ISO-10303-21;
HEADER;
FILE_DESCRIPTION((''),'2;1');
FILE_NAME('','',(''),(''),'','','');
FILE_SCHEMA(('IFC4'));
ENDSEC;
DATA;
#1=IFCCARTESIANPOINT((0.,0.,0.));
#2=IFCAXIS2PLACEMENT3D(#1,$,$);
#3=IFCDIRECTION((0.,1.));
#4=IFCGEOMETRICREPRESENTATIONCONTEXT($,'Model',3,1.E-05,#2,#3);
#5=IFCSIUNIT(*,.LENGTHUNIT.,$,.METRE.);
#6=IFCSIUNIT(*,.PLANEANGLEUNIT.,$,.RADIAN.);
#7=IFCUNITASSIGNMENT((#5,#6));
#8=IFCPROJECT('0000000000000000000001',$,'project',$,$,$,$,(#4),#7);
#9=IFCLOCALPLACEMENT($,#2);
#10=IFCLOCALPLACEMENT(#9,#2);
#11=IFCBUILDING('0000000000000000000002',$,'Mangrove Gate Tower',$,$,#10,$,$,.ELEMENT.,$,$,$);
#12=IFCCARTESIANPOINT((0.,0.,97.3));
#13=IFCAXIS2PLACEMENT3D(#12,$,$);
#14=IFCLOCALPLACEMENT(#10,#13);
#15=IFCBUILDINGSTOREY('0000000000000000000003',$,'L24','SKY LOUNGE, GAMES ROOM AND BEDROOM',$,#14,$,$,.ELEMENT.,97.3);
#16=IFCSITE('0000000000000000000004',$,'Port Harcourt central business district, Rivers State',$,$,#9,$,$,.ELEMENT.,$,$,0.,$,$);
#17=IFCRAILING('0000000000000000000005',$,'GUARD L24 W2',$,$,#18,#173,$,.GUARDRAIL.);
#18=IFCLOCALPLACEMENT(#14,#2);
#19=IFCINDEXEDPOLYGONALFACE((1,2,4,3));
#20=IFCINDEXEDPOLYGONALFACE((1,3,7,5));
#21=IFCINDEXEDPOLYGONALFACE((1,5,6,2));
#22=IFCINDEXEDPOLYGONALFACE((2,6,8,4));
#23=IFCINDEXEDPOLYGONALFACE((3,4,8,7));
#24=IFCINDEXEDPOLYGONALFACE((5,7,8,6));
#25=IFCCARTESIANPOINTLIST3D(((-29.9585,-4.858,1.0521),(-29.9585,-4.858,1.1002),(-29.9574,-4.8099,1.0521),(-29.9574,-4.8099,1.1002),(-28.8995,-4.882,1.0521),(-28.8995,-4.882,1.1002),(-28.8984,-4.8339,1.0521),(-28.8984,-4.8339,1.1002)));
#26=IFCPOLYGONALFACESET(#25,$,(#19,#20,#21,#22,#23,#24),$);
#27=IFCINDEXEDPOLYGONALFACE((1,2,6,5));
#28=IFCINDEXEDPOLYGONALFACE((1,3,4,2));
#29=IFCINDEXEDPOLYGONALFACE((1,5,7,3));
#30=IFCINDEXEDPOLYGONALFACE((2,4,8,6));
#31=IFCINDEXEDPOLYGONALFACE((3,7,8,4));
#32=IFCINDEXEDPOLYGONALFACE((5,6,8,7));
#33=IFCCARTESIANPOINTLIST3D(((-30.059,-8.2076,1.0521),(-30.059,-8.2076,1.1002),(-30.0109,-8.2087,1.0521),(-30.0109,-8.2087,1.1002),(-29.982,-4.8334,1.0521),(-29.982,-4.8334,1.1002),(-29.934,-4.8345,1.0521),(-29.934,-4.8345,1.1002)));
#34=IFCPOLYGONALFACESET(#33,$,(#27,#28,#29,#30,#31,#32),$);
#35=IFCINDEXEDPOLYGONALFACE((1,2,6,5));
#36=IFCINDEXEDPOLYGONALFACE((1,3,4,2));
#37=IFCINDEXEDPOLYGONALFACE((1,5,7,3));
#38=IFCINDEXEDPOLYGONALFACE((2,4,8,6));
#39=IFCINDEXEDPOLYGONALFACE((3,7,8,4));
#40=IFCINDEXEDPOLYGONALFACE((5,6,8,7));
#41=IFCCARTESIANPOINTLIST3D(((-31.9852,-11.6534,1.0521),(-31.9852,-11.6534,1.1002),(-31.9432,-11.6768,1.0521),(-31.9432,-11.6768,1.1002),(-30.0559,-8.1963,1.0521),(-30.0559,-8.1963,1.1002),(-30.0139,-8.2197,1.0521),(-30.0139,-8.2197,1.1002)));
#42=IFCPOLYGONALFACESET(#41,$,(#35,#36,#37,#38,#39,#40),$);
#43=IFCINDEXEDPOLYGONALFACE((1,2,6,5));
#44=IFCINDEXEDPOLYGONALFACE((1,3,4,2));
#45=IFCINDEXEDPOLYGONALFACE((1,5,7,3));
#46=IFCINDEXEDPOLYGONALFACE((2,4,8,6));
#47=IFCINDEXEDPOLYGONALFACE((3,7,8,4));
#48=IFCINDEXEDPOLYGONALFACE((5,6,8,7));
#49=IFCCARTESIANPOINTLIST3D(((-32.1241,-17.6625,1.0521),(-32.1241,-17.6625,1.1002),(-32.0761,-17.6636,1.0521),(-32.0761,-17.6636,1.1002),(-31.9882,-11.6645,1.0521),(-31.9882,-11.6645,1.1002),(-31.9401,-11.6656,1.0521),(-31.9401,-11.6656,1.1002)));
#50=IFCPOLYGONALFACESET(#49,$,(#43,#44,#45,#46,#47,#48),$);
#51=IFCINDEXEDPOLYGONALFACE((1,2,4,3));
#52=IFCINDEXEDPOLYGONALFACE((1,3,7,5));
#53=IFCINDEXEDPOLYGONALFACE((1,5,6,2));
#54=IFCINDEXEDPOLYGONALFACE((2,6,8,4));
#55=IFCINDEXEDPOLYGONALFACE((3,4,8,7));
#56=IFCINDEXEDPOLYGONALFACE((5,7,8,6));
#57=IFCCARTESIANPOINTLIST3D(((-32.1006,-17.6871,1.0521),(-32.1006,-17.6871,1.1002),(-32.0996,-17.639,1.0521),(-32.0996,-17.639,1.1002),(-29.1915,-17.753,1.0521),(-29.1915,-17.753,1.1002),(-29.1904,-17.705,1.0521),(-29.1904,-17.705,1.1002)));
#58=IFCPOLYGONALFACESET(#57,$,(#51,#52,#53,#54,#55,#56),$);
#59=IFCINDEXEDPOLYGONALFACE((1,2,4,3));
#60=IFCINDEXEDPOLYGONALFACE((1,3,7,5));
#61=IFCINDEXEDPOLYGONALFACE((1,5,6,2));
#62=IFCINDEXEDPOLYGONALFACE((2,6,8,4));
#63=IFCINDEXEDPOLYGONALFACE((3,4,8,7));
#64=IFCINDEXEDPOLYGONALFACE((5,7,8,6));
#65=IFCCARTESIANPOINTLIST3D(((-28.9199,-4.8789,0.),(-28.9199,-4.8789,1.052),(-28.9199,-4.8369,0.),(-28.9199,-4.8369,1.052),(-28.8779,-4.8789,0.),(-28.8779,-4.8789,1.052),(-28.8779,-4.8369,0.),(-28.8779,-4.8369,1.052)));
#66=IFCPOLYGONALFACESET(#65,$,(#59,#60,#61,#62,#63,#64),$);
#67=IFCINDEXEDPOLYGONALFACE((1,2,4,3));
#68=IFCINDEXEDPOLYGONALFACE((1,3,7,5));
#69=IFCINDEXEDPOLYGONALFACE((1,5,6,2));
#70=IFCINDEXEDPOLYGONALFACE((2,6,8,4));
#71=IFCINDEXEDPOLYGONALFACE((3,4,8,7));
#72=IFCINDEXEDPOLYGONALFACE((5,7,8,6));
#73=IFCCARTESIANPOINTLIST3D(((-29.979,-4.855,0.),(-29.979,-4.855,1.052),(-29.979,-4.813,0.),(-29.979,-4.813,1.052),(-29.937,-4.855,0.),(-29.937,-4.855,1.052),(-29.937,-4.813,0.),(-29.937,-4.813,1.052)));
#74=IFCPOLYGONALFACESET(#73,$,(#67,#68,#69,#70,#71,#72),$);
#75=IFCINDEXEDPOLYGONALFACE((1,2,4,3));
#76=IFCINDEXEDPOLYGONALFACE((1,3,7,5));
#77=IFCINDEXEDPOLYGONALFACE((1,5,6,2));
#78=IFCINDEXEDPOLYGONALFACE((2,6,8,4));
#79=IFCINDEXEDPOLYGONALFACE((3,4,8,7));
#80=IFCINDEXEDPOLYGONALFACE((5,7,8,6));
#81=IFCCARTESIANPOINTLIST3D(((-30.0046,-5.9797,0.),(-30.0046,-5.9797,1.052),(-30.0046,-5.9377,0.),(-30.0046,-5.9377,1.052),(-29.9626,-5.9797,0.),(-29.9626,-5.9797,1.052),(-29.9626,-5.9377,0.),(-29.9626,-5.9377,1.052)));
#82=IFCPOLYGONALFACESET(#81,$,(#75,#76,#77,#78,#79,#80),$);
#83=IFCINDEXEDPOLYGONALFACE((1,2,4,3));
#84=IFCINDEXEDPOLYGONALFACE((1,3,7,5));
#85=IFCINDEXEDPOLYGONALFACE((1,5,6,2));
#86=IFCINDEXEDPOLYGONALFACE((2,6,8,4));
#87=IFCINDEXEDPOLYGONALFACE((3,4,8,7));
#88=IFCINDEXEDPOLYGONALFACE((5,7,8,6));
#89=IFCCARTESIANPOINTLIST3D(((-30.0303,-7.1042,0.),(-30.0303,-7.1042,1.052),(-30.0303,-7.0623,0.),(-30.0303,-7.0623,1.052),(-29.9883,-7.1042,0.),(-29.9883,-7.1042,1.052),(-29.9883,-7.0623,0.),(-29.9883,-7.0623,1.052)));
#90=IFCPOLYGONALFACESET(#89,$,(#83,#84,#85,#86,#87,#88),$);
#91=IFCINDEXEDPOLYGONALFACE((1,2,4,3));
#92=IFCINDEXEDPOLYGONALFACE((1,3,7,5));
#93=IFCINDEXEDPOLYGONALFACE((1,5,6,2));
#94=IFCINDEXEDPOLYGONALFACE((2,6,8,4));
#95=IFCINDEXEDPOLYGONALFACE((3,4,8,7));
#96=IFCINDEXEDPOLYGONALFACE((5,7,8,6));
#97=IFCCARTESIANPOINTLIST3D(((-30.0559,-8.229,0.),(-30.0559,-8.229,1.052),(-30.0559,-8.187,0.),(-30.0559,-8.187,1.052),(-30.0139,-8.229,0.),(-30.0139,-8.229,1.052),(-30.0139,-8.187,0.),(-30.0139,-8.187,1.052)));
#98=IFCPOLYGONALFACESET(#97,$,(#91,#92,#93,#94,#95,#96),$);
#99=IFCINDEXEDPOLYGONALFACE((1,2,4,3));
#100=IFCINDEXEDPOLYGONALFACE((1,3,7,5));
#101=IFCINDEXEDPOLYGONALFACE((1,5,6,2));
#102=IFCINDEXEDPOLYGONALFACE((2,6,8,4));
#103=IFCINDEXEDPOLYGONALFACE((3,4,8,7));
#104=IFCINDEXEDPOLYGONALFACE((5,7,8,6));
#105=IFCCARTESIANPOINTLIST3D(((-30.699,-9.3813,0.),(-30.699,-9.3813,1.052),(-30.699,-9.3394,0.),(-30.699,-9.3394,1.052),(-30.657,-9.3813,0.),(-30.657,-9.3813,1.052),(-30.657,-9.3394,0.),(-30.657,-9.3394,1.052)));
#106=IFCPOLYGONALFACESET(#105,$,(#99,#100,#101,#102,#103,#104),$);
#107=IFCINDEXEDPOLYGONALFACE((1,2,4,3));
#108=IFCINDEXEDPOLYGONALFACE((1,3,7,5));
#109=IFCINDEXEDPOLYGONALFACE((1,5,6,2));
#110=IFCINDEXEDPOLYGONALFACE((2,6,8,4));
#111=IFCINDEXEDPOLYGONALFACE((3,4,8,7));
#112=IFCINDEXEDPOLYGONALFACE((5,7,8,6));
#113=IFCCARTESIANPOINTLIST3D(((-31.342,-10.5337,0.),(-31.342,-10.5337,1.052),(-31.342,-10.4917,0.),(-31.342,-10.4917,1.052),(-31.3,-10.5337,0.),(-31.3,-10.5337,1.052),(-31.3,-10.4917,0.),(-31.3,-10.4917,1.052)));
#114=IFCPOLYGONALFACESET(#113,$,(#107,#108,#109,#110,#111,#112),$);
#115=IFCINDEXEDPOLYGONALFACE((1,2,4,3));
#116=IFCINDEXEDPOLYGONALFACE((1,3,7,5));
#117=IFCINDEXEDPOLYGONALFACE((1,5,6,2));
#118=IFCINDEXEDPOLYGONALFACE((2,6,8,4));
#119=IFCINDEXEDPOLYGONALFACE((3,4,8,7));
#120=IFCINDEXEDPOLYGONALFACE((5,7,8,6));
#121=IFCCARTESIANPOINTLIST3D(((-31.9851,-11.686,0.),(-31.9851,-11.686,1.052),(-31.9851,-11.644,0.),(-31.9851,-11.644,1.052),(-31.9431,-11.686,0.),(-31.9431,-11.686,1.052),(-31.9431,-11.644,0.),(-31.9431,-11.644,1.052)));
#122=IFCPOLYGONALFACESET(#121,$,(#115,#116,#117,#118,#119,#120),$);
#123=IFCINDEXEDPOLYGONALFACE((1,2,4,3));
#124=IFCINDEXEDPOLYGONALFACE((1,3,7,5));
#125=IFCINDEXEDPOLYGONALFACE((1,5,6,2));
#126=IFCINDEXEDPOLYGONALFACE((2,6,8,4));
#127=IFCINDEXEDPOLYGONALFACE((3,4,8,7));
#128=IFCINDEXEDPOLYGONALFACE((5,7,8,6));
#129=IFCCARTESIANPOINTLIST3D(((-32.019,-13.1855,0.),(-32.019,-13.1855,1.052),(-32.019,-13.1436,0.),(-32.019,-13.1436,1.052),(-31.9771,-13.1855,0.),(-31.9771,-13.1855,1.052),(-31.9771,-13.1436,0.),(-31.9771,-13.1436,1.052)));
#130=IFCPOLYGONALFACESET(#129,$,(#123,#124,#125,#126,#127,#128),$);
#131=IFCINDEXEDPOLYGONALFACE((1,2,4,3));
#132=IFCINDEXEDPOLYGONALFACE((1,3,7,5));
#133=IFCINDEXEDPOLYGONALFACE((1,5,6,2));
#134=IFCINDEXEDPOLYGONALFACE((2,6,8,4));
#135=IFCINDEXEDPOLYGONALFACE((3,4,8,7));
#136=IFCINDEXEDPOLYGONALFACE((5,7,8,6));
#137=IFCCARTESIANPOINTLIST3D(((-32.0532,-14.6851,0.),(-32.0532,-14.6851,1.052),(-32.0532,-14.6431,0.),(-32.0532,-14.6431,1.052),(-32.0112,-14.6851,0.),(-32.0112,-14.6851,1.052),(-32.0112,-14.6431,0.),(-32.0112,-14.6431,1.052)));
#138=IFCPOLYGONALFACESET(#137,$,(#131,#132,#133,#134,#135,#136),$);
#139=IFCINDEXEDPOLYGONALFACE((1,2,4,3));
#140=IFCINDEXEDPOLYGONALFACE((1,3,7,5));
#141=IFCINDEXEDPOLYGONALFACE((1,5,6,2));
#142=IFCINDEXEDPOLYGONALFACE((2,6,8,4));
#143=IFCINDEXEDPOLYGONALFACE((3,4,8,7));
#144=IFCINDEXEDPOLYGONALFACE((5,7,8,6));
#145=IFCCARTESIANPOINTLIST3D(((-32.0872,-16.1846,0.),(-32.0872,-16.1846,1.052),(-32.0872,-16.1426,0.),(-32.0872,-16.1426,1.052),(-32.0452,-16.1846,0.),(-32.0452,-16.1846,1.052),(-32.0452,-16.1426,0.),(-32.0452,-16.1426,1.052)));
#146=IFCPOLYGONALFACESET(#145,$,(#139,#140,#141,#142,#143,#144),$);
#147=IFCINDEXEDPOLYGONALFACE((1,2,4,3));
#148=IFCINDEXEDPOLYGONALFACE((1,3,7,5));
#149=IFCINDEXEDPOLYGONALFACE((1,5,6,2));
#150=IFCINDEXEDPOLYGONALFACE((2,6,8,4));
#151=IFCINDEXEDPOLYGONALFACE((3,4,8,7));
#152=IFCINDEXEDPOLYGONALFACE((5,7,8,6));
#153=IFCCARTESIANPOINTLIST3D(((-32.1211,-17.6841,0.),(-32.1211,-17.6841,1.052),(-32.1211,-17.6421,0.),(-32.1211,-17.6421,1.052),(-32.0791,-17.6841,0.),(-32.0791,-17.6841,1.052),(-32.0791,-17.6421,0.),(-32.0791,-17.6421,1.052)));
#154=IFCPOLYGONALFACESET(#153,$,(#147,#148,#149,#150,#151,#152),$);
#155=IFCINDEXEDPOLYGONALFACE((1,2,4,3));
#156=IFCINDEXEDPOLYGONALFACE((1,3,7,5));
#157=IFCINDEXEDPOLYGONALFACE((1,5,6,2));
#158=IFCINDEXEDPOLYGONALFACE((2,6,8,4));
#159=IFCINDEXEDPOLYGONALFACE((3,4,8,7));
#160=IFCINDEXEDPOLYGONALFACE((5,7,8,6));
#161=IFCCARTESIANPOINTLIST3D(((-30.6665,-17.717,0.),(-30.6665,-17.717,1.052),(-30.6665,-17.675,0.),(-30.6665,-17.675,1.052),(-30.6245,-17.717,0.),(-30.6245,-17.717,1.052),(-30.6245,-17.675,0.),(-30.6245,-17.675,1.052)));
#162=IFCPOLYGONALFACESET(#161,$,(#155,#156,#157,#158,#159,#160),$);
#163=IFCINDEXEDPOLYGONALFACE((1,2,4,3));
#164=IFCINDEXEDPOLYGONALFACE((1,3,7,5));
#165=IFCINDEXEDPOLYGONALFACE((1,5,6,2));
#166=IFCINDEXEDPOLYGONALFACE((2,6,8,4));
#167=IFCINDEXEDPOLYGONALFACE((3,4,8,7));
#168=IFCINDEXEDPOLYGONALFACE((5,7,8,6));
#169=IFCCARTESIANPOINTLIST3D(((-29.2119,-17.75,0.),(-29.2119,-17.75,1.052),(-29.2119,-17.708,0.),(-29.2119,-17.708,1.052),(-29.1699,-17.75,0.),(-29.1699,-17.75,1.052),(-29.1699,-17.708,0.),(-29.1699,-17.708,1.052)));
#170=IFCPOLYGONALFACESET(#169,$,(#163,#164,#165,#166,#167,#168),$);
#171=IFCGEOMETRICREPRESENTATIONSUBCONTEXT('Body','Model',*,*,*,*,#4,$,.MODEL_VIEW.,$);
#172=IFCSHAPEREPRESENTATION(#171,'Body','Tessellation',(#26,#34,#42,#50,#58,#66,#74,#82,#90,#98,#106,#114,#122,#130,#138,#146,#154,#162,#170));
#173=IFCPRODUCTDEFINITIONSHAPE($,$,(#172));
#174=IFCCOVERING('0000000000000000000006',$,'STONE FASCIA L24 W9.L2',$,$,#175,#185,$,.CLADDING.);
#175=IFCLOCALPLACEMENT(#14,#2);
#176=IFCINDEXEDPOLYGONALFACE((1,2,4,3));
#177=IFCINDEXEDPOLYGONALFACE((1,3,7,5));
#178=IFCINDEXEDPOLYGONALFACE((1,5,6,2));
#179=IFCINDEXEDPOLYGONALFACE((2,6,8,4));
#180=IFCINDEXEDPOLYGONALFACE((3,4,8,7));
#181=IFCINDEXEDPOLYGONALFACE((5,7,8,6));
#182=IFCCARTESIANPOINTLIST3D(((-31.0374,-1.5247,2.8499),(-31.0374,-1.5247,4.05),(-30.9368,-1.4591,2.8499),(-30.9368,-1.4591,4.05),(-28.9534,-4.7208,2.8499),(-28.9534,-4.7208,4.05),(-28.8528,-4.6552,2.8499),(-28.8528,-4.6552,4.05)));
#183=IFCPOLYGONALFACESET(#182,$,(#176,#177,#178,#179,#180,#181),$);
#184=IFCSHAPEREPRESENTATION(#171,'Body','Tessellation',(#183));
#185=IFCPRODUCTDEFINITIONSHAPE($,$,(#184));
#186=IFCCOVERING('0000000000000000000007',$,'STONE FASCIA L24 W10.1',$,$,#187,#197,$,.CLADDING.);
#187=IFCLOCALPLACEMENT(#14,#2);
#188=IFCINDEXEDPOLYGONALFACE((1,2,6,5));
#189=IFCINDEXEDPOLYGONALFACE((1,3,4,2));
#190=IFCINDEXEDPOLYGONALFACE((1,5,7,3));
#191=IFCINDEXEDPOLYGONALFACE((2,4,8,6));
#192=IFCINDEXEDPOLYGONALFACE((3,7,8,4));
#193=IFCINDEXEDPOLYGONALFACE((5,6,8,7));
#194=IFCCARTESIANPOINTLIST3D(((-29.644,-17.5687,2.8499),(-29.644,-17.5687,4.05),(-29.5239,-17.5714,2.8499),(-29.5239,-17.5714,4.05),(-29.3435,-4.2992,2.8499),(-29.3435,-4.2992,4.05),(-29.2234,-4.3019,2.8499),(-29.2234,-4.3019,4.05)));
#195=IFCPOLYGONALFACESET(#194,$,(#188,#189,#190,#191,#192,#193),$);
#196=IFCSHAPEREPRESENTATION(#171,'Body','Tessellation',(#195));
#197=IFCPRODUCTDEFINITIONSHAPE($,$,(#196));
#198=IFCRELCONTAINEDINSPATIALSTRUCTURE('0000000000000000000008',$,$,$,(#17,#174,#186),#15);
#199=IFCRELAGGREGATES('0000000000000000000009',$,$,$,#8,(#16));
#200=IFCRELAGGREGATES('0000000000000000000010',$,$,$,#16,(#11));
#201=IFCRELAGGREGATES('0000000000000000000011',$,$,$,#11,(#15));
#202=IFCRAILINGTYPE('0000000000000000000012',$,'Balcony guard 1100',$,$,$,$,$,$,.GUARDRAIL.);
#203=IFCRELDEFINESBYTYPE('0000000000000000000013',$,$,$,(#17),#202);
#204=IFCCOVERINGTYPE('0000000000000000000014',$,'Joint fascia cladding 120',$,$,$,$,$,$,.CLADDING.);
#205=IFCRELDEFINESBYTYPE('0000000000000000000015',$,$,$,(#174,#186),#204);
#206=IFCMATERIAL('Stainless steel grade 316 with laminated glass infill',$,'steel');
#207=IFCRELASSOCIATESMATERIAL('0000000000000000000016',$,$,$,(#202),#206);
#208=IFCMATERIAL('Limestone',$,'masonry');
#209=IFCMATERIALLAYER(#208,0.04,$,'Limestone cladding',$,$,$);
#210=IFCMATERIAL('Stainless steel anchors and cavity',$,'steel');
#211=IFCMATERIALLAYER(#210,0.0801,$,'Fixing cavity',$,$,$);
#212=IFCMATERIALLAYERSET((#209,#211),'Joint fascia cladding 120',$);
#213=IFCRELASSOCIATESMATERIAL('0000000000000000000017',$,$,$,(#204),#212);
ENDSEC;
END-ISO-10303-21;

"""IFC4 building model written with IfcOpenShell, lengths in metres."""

from ifc_helpers import new_model, si_unit, direction, frame, frame_2d, origin, origin_2d, place, context, subcontext, project, spatial, rectangle, extrude, material, layer, layer_set, type_object, element, save


model = new_model("IFC4")

# Units and contexts
model_context = context("Model", 3, precision=1e-05, world=origin(), true_north=direction((0.0, 1.0)))
body_context = subcontext(model_context, "Body", "Model", "MODEL_VIEW")
ifc_project = project(units=[si_unit("LENGTHUNIT", "METRE"), si_unit("PLANEANGLEUNIT", "RADIAN")], contexts=[model_context])

# Site, building, storey
site_placement = place(None, origin())
site = spatial("IfcSite", under=ifc_project, at=site_placement, Name="Port Harcourt central business district, Rivers State", CompositionType="ELEMENT", RefElevation=0.0)
building_placement = place(site_placement, origin())
building = spatial("IfcBuilding", under=site, at=building_placement, Name="Mangrove Gate Tower", CompositionType="ELEMENT")
storey_placement = place(building_placement, frame((0.0, 0.0, 97.3)))
storey = spatial("IfcBuildingStorey", under=building, at=storey_placement, Name="L24", Description="SKY LOUNGE, GAMES ROOM AND BEDROOM", CompositionType="ELEMENT", Elevation=97.3)

# Shared definitions
ifc_material_1 = material(Name="Limestone", Category="masonry")

# Railing
ifc_material_2 = material(Name="Stainless steel grade 316 with laminated glass infill", Category="steel")
railing_type = type_object("IfcRailingType", Name="Balcony guard 1100", PredefinedType="GUARDRAIL", material=ifc_material_2)
railing_placement = place(storey_placement, frame((-28.8989, -4.8579, 0.0)))
element("IfcRailing", 1, at=railing_placement, inside=storey, type_object=railing_type, Name="GUARD L24 W2", PredefinedType="GUARDRAIL", context=body_context, shape_type="SweptSolid", body=[
    extrude(rectangle(XDim=0.0481, YDim=0.0481, at=origin_2d()), frame((0.0, 0.0, 1.0762), z_axis=(-0.999745, 0.022585, 0.0), x_axis=(-0.022585, -0.999745, 0.0)), (0.0, 0.0, 1.0), 1.0593),
    extrude(rectangle(XDim=0.0481, YDim=0.0481, at=origin_2d()), frame((-1.0591, 0.0239, 1.0762), z_axis=(-0.022787, -0.99974, 0.0), x_axis=(0.99974, -0.022787, 0.0)), (0.0, 0.0, 1.0), 3.375),
    extrude(rectangle(XDim=0.0481, YDim=0.0481, at=origin_2d()), frame((-1.136, -3.3501, 1.0762), z_axis=(-0.487307, -0.873231, 0.0), x_axis=(0.873231, -0.487307, 0.0)), (0.0, 0.0, 1.0), 3.959),
    extrude(rectangle(XDim=0.0481, YDim=0.0481, at=origin_2d()), frame((-3.0652, -6.8071, 1.0762), z_axis=(-0.022666, -0.999743, 0.0), x_axis=(0.999743, -0.022666, 0.0)), (0.0, 0.0, 1.0), 5.9995),
    extrude(rectangle(XDim=0.0481, YDim=0.0481, at=origin_2d()), frame((-3.2012, -12.8052, 1.0762), z_axis=(0.999743, -0.022653, 0.0), x_axis=(0.022653, 0.999743, 0.0)), (0.0, 0.0, 1.0), 2.9099),
    extrude(rectangle(XDim=0.042, YDim=0.042, at=origin_2d()), origin(), (0.0, 0.0, 1.0), 1.052),
    extrude(rectangle(XDim=0.042, YDim=0.042, at=origin_2d()), frame((-1.0591, 0.0239, 0.0)), (0.0, 0.0, 1.0), 1.052),
    extrude(rectangle(XDim=0.042, YDim=0.042, at=origin_2d()), frame((-1.0847, -1.1008, 0.0)), (0.0, 0.0, 1.0), 1.052),
    extrude(rectangle(XDim=0.042, YDim=0.042, at=origin_2d()), frame((-1.1104, -2.2253, 0.0)), (0.0, 0.0, 1.0), 1.052),
    extrude(rectangle(XDim=0.042, YDim=0.042, at=origin_2d()), frame((-1.136, -3.3501, 0.0)), (0.0, 0.0, 1.0), 1.052),
    extrude(rectangle(XDim=0.042, YDim=0.042, at=origin_2d()), frame((-1.7791, -4.5024, 0.0)), (0.0, 0.0, 1.0), 1.052),
    extrude(rectangle(XDim=0.042, YDim=0.042, at=origin_2d()), frame((-2.4221, -5.6548, 0.0)), (0.0, 0.0, 1.0), 1.052),
    extrude(rectangle(XDim=0.042, YDim=0.042, at=origin_2d()), frame((-3.0652, -6.8071, 0.0)), (0.0, 0.0, 1.0), 1.052),
    extrude(rectangle(XDim=0.042, YDim=0.042, at=origin_2d()), frame((-3.0991, -8.3066, 0.0)), (0.0, 0.0, 1.0), 1.052),
    extrude(rectangle(XDim=0.042, YDim=0.042, at=origin_2d()), frame((-3.1333, -9.8062, 0.0)), (0.0, 0.0, 1.0), 1.052),
    extrude(rectangle(XDim=0.042, YDim=0.042, at=origin_2d()), frame((-3.1672, -11.3057, 0.0)), (0.0, 0.0, 1.0), 1.052),
    extrude(rectangle(XDim=0.042, YDim=0.042, at=origin_2d()), frame((-3.2012, -12.8052, 0.0)), (0.0, 0.0, 1.0), 1.052),
    extrude(rectangle(XDim=0.042, YDim=0.042, at=origin_2d()), frame((-1.7466, -12.8381, 0.0)), (0.0, 0.0, 1.0), 1.052),
    extrude(rectangle(XDim=0.042, YDim=0.042, at=origin_2d()), frame((-0.292, -12.8711, 0.0)), (0.0, 0.0, 1.0), 1.052),
])

# Coverings
ifc_layer_1 = layer(ifc_material_1, 0.04, Name="Limestone cladding")
ifc_material_3 = material(Name="Stainless steel anchors and cavity", Category="steel")
ifc_layer_2 = layer(ifc_material_3, 0.0801, Name="Fixing cavity")
ifc_layer_set_1 = layer_set([ifc_layer_1, ifc_layer_2], Name="Joint fascia cladding 120")
covering_type = type_object("IfcCoveringType", Name="Joint fascia cladding 120", PredefinedType="CLADDING", material=ifc_layer_set_1)
covering_1_placement = place(storey_placement, frame((-30.9871, -1.4919, 2.8499), z_axis=(0.0, 0.0, 1.0), x_axis=(0.546196, -0.837658, 0.0)))
element("IfcCovering", 2, at=covering_1_placement, inside=storey, type_object=covering_type, Name="STONE FASCIA L24 W9.L2", PredefinedType="CLADDING", context=body_context, shape_type="SweptSolid", body=[
    extrude(rectangle(XDim=3.8154, YDim=0.1201, at=frame_2d((1.9077, 0.0))), origin(), (0.0, 0.0, 1.0), 1.2002),
])
covering_2_placement = place(storey_placement, frame((-29.2834, -4.3005, 2.8499), z_axis=(0.0, 0.0, 1.0), x_axis=(-0.022643, -0.999744, 0.0)))
element("IfcCovering", 3, at=covering_2_placement, inside=storey, type_object=covering_type, Name="STONE FASCIA L24 W10.1", PredefinedType="CLADDING", context=body_context, shape_type="SweptSolid", body=[
    extrude(rectangle(XDim=13.2729, YDim=0.1201, at=frame_2d((6.6365, 0.0))), origin(), (0.0, 0.0, 1.0), 1.2002),
])

save(model, "model.ifc")
